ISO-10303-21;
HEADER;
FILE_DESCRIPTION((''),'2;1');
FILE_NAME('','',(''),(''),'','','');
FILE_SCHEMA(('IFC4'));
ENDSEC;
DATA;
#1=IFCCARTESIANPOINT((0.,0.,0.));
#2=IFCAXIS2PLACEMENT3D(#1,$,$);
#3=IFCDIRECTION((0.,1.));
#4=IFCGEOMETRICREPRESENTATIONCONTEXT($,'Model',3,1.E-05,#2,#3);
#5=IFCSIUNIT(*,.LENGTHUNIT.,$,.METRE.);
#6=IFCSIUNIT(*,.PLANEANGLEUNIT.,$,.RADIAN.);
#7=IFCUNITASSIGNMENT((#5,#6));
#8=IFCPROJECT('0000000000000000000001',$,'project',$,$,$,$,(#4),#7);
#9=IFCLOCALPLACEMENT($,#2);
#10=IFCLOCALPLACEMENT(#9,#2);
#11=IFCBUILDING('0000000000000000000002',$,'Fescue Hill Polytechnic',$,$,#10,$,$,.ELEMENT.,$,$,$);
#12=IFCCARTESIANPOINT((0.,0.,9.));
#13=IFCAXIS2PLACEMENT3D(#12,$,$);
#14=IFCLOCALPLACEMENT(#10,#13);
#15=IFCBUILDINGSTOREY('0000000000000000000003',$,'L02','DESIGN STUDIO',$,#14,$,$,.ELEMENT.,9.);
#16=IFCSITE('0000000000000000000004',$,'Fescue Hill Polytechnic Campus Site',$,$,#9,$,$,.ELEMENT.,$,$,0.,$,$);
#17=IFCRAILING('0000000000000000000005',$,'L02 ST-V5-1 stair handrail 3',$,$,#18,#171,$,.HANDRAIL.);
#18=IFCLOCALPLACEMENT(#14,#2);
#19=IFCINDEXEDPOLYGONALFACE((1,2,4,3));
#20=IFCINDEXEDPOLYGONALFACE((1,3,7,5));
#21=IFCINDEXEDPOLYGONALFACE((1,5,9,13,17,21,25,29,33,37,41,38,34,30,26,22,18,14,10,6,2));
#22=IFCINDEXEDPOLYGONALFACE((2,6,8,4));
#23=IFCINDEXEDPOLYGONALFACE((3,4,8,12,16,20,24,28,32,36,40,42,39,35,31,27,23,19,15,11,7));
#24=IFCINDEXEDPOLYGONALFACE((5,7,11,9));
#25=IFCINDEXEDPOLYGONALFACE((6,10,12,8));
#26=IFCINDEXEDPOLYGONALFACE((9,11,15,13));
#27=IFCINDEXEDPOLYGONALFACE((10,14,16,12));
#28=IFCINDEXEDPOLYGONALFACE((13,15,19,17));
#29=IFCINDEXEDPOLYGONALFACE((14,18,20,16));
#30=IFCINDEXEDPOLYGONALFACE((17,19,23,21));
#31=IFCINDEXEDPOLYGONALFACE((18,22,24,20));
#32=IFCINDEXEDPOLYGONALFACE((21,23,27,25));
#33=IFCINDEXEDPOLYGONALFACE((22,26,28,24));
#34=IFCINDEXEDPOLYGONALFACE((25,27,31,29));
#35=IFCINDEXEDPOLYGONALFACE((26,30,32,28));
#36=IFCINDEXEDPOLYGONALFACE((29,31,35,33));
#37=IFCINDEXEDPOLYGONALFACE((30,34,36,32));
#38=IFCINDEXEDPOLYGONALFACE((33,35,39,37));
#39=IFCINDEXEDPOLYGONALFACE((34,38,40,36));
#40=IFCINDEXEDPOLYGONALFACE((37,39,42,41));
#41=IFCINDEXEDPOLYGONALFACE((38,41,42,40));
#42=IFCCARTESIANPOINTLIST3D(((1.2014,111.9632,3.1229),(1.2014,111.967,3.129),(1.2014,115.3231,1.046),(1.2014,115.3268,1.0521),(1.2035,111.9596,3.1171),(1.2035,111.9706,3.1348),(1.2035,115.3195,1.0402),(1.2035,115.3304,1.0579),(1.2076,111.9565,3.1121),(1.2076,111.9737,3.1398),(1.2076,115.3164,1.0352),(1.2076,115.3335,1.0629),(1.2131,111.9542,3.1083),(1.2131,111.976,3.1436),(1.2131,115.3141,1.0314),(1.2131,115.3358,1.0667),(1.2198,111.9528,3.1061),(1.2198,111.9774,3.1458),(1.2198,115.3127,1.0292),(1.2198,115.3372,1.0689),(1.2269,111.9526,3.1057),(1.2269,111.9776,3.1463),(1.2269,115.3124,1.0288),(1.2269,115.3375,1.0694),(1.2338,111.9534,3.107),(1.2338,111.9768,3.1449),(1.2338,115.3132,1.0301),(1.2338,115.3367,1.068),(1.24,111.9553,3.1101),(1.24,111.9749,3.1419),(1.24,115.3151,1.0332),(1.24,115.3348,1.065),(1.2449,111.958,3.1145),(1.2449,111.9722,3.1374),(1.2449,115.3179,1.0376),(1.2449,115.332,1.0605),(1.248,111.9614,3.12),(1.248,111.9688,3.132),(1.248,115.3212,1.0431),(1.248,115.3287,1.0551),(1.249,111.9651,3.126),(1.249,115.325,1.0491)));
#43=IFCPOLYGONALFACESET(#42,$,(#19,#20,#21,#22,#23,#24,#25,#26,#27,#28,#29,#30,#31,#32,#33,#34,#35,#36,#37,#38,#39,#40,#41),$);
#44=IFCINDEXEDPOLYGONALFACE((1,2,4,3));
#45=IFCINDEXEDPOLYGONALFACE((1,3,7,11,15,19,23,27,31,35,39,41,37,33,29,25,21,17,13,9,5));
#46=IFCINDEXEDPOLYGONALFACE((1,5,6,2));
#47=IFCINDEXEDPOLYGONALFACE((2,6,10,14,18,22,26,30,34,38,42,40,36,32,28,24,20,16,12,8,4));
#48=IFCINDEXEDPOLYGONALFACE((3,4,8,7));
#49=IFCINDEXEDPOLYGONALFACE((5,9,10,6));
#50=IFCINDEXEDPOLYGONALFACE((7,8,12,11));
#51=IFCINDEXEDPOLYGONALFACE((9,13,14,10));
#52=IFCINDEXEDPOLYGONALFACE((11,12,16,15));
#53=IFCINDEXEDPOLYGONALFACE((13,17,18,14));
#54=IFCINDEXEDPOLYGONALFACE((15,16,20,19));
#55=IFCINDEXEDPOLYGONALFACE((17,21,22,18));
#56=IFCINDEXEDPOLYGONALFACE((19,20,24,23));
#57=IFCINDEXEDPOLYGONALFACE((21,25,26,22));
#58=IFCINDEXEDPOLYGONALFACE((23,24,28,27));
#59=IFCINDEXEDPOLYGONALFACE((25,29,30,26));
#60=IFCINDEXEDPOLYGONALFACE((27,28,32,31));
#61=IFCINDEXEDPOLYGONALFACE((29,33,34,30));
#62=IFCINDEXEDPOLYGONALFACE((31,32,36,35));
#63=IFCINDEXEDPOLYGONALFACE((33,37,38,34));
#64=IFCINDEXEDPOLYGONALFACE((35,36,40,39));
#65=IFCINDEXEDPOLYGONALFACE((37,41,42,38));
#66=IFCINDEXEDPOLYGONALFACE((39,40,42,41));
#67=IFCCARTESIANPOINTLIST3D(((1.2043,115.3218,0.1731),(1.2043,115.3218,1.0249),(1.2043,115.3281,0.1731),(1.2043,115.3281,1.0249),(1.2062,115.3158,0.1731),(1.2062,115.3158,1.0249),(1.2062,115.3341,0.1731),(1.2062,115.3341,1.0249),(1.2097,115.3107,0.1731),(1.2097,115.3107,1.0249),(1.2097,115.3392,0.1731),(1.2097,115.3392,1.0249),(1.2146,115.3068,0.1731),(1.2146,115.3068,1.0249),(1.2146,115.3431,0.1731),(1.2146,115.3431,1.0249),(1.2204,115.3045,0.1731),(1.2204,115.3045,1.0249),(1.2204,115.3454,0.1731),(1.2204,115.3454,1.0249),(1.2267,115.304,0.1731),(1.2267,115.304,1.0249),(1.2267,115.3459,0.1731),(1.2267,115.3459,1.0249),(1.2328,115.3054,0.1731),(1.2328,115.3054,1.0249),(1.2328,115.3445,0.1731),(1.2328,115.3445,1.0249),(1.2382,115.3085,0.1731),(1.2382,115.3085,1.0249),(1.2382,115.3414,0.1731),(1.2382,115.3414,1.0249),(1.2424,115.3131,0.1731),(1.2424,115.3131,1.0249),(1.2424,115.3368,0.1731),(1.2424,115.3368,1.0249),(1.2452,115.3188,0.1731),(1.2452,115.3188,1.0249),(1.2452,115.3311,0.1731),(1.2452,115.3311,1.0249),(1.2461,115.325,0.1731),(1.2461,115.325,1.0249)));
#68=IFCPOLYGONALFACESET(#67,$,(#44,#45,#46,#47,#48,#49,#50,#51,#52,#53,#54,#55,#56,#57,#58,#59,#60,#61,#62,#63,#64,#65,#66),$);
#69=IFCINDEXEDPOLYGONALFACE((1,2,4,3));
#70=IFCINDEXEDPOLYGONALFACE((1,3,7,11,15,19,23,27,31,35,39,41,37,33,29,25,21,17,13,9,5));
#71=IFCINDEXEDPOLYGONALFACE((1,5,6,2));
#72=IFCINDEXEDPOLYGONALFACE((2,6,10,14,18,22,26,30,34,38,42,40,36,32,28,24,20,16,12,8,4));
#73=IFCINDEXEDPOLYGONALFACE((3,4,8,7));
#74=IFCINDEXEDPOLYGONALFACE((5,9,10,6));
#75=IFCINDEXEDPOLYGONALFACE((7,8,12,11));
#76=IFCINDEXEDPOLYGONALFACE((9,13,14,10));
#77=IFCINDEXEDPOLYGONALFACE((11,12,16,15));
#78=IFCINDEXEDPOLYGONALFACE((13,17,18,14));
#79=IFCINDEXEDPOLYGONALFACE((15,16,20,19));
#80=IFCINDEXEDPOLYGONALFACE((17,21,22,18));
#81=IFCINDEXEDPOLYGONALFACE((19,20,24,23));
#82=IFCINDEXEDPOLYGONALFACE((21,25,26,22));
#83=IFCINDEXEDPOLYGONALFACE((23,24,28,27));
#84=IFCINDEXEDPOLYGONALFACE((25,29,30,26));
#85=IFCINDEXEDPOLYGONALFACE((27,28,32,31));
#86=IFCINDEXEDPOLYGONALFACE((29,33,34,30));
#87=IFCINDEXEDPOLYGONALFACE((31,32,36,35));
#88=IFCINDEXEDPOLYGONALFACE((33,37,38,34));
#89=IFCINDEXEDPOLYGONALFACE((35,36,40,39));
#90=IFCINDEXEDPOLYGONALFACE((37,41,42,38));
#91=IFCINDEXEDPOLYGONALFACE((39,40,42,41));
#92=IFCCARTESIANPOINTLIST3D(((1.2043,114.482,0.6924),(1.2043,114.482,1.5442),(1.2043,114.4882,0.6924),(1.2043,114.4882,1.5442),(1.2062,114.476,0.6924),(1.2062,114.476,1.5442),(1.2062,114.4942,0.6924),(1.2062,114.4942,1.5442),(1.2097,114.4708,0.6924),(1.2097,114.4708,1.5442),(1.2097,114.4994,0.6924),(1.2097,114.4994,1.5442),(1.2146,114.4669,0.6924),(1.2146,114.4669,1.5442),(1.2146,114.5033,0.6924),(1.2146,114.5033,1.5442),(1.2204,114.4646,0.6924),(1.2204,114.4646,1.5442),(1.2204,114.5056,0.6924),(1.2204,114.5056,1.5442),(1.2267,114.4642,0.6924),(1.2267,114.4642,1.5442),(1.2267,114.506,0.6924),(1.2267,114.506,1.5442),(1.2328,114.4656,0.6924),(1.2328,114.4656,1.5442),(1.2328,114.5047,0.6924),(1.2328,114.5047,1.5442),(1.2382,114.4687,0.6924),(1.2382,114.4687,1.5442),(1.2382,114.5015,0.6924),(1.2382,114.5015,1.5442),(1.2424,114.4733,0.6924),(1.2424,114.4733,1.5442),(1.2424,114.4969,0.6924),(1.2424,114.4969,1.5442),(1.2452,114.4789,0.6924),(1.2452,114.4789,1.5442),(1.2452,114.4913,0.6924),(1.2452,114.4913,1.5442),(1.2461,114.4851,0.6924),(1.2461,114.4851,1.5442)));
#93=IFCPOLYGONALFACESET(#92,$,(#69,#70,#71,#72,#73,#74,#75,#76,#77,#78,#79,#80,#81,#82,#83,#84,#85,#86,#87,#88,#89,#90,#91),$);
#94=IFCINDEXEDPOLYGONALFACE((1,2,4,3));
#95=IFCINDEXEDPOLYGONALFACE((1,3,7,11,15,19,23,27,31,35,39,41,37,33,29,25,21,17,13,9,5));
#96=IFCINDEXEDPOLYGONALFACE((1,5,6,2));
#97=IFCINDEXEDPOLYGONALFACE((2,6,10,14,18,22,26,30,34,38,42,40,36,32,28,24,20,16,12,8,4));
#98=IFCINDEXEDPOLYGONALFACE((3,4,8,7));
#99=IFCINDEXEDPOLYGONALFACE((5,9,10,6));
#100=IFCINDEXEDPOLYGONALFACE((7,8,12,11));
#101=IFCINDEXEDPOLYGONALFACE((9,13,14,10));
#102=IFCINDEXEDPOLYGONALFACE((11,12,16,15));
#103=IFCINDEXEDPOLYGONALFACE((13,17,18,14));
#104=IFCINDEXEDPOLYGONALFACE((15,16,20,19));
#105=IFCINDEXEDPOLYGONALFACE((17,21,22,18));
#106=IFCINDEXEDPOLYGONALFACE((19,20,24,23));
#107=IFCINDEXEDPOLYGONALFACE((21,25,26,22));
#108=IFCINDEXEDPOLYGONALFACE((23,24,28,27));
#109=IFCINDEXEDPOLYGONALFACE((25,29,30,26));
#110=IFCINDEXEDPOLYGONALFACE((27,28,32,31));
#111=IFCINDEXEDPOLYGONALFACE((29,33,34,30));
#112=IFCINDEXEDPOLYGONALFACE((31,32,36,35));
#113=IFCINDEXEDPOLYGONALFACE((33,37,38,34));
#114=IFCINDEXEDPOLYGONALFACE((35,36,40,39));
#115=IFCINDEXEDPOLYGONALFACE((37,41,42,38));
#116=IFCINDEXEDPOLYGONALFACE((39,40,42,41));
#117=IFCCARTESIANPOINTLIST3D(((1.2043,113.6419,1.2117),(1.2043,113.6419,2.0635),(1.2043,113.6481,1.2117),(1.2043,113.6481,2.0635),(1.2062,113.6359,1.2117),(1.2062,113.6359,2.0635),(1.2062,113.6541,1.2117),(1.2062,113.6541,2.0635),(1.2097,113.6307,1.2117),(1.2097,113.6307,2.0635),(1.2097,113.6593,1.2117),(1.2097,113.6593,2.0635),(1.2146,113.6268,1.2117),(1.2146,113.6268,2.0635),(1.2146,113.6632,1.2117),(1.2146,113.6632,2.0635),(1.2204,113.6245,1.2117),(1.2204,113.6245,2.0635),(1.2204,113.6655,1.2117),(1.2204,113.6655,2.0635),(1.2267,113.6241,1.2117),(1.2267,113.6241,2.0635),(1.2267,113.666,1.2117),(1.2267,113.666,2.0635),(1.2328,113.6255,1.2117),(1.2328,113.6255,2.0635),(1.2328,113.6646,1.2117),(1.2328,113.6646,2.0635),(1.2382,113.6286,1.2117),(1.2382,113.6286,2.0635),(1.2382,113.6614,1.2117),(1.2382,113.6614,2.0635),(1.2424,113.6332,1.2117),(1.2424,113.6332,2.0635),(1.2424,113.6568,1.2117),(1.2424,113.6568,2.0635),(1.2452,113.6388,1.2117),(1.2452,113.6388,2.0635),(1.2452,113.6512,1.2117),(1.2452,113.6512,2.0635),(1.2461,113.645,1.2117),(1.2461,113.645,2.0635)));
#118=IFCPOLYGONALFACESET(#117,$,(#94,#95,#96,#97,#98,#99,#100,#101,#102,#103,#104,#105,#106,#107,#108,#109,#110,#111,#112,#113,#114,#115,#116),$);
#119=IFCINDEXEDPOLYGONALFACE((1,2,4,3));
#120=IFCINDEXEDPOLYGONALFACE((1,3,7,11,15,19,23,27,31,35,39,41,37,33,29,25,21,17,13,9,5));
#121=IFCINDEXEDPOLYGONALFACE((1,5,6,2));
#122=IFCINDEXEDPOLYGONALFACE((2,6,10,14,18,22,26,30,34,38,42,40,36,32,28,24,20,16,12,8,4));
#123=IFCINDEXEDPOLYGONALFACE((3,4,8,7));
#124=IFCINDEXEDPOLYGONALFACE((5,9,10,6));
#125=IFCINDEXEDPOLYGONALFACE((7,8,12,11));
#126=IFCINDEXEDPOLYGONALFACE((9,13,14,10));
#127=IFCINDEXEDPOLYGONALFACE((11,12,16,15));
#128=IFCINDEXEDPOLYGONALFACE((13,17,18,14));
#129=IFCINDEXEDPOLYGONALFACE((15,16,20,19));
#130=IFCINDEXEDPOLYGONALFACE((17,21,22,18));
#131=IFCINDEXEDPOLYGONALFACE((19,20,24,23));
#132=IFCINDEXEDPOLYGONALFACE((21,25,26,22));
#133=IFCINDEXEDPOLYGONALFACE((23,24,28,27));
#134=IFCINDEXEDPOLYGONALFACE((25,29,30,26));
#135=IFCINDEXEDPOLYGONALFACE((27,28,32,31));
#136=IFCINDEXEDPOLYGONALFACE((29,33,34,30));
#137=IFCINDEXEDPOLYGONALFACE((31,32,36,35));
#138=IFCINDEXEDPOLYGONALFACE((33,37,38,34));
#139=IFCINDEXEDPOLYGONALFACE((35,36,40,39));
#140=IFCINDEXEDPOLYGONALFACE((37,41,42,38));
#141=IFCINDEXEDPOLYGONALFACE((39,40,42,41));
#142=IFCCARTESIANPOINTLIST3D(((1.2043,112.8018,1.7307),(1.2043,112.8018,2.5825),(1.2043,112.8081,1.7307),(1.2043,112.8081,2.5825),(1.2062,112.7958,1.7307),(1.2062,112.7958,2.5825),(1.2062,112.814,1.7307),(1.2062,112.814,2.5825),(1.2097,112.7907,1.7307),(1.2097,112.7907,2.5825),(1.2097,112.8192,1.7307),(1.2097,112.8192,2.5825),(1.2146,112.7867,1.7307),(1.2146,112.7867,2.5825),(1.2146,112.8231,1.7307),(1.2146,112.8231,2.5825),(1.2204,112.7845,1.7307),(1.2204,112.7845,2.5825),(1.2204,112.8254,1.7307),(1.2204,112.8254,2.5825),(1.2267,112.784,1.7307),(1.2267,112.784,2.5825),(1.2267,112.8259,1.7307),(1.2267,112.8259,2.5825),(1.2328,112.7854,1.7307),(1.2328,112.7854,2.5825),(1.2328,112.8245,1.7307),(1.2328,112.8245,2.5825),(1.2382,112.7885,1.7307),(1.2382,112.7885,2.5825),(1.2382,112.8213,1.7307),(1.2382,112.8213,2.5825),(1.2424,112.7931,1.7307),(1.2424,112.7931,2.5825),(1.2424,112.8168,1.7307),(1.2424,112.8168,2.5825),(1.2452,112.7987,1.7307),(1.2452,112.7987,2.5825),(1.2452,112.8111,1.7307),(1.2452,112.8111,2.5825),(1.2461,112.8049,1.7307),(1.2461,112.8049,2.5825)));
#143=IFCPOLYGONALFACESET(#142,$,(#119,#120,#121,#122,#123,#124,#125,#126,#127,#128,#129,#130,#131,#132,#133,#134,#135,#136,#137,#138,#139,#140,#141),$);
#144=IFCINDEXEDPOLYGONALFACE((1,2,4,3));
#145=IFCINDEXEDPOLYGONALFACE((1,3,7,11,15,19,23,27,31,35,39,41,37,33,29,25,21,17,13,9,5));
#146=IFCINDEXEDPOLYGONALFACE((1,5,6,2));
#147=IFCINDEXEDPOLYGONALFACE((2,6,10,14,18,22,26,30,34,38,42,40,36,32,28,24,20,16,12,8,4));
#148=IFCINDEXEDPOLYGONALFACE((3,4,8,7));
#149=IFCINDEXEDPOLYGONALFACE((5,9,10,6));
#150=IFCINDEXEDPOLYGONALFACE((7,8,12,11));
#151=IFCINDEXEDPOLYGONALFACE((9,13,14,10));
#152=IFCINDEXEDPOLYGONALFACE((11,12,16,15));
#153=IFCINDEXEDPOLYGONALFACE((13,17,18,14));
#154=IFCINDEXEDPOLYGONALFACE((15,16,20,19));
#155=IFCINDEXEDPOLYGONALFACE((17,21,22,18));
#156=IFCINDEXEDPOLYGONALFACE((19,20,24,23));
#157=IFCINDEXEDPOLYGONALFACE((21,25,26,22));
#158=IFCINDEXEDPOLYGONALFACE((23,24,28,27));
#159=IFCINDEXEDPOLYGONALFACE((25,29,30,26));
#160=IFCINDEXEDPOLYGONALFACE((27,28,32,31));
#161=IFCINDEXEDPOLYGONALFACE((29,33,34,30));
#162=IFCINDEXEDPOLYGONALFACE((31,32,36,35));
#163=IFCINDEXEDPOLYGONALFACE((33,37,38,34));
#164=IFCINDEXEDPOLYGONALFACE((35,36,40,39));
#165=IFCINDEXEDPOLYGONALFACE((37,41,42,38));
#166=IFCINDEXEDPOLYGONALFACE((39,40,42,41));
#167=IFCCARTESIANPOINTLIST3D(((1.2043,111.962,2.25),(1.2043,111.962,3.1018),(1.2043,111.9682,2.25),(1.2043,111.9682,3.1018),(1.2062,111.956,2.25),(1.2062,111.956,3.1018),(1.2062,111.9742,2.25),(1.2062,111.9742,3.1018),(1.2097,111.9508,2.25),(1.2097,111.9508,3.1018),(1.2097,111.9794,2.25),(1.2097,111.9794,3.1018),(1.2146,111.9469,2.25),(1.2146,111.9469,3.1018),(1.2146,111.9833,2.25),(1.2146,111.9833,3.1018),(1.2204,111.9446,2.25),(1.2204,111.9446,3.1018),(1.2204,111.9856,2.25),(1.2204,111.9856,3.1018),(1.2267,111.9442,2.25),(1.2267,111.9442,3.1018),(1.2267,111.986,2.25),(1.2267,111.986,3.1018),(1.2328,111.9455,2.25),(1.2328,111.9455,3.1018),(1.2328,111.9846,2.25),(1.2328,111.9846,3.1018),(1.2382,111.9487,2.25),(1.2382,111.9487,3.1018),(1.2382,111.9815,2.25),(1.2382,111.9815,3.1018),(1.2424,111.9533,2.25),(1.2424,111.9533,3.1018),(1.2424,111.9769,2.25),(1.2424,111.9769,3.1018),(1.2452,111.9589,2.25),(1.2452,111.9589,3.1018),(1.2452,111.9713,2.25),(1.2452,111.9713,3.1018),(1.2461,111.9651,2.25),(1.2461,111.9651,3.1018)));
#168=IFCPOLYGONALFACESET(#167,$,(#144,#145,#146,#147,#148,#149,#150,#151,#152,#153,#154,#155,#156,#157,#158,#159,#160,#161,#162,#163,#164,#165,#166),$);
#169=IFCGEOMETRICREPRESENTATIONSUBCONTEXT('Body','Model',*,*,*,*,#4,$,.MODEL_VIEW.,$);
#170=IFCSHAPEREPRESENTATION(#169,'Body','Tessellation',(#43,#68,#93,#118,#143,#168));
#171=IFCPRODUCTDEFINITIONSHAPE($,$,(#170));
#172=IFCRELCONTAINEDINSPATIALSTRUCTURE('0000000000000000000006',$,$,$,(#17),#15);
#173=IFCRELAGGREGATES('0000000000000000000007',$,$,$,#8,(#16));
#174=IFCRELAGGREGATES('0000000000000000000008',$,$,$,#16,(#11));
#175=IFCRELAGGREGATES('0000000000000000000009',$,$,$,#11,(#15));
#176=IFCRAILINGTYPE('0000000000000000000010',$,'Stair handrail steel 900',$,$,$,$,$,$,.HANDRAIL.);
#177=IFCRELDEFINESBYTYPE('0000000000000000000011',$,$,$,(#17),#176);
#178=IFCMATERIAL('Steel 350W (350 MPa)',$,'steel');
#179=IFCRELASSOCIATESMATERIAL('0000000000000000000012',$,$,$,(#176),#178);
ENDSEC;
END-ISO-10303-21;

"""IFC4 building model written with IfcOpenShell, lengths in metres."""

from ifc_helpers import new_model, si_unit, direction, frame, origin, origin_2d, place, context, subcontext, project, spatial, circle, extrude, material, type_object, element, save


model = new_model("IFC4")

# Units and contexts
model_context = context("Model", 3, precision=1e-05, world=origin(), true_north=direction((0.0, 1.0)))
body_context = subcontext(model_context, "Body", "Model", "MODEL_VIEW")
ifc_project = project(units=[si_unit("LENGTHUNIT", "METRE"), si_unit("PLANEANGLEUNIT", "RADIAN")], contexts=[model_context])

# Site, building, storey
site_placement = place(None, origin())
site = spatial("IfcSite", under=ifc_project, at=site_placement, Name="Fescue Hill Polytechnic Campus Site", CompositionType="ELEMENT", RefElevation=0.0)
building_placement = place(site_placement, origin())
building = spatial("IfcBuilding", under=site, at=building_placement, Name="Fescue Hill Polytechnic", CompositionType="ELEMENT")
storey_placement = place(building_placement, frame((0.0, 0.0, 9.0)))
storey = spatial("IfcBuildingStorey", under=building, at=storey_placement, Name="L02", Description="DESIGN STUDIO", CompositionType="ELEMENT", Elevation=9.0)

# Railing
ifc_material_1 = material(Name="Steel 350W (350 MPa)", Category="steel")
railing_type_1 = type_object("IfcRailingType", Name="Stair handrail steel 900", PredefinedType="HANDRAIL", material=ifc_material_1)
railing_1_placement = place(storey_placement, frame((1.2251, 115.325, 0.1731)))
element("IfcRailing", 1, at=railing_1_placement, inside=storey, type_object=railing_type_1, Name="L02 ST-V5-1 stair handrail 3", PredefinedType="HANDRAIL", context=body_context, shape_type="SweptSolid", body=[
    extrude(circle(Radius=0.0239, at=origin_2d()), frame((0.0, 0.0, 0.876), z_axis=(0.0, -0.850606, 0.525803), x_axis=(1.0, 0.0, 0.0)), (0.0, 0.0, 1.0), 3.95),
    extrude(circle(Radius=0.021, at=origin_2d()), origin(), (0.0, 0.0, 1.0), 0.8518),
    extrude(circle(Radius=0.021, at=origin_2d()), frame((0.0, -0.8398, 0.5193)), (0.0, 0.0, 1.0), 0.8518),
    extrude(circle(Radius=0.021, at=origin_2d()), frame((0.0, -1.6799, 1.0386)), (0.0, 0.0, 1.0), 0.8518),
    extrude(circle(Radius=0.021, at=origin_2d()), frame((0.0, -2.52, 1.5576)), (0.0, 0.0, 1.0), 0.8518),
    extrude(circle(Radius=0.021, at=origin_2d()), frame((0.0, -3.3599, 2.0769)), (0.0, 0.0, 1.0), 0.8518),
])

save(model, "model.ifc")
